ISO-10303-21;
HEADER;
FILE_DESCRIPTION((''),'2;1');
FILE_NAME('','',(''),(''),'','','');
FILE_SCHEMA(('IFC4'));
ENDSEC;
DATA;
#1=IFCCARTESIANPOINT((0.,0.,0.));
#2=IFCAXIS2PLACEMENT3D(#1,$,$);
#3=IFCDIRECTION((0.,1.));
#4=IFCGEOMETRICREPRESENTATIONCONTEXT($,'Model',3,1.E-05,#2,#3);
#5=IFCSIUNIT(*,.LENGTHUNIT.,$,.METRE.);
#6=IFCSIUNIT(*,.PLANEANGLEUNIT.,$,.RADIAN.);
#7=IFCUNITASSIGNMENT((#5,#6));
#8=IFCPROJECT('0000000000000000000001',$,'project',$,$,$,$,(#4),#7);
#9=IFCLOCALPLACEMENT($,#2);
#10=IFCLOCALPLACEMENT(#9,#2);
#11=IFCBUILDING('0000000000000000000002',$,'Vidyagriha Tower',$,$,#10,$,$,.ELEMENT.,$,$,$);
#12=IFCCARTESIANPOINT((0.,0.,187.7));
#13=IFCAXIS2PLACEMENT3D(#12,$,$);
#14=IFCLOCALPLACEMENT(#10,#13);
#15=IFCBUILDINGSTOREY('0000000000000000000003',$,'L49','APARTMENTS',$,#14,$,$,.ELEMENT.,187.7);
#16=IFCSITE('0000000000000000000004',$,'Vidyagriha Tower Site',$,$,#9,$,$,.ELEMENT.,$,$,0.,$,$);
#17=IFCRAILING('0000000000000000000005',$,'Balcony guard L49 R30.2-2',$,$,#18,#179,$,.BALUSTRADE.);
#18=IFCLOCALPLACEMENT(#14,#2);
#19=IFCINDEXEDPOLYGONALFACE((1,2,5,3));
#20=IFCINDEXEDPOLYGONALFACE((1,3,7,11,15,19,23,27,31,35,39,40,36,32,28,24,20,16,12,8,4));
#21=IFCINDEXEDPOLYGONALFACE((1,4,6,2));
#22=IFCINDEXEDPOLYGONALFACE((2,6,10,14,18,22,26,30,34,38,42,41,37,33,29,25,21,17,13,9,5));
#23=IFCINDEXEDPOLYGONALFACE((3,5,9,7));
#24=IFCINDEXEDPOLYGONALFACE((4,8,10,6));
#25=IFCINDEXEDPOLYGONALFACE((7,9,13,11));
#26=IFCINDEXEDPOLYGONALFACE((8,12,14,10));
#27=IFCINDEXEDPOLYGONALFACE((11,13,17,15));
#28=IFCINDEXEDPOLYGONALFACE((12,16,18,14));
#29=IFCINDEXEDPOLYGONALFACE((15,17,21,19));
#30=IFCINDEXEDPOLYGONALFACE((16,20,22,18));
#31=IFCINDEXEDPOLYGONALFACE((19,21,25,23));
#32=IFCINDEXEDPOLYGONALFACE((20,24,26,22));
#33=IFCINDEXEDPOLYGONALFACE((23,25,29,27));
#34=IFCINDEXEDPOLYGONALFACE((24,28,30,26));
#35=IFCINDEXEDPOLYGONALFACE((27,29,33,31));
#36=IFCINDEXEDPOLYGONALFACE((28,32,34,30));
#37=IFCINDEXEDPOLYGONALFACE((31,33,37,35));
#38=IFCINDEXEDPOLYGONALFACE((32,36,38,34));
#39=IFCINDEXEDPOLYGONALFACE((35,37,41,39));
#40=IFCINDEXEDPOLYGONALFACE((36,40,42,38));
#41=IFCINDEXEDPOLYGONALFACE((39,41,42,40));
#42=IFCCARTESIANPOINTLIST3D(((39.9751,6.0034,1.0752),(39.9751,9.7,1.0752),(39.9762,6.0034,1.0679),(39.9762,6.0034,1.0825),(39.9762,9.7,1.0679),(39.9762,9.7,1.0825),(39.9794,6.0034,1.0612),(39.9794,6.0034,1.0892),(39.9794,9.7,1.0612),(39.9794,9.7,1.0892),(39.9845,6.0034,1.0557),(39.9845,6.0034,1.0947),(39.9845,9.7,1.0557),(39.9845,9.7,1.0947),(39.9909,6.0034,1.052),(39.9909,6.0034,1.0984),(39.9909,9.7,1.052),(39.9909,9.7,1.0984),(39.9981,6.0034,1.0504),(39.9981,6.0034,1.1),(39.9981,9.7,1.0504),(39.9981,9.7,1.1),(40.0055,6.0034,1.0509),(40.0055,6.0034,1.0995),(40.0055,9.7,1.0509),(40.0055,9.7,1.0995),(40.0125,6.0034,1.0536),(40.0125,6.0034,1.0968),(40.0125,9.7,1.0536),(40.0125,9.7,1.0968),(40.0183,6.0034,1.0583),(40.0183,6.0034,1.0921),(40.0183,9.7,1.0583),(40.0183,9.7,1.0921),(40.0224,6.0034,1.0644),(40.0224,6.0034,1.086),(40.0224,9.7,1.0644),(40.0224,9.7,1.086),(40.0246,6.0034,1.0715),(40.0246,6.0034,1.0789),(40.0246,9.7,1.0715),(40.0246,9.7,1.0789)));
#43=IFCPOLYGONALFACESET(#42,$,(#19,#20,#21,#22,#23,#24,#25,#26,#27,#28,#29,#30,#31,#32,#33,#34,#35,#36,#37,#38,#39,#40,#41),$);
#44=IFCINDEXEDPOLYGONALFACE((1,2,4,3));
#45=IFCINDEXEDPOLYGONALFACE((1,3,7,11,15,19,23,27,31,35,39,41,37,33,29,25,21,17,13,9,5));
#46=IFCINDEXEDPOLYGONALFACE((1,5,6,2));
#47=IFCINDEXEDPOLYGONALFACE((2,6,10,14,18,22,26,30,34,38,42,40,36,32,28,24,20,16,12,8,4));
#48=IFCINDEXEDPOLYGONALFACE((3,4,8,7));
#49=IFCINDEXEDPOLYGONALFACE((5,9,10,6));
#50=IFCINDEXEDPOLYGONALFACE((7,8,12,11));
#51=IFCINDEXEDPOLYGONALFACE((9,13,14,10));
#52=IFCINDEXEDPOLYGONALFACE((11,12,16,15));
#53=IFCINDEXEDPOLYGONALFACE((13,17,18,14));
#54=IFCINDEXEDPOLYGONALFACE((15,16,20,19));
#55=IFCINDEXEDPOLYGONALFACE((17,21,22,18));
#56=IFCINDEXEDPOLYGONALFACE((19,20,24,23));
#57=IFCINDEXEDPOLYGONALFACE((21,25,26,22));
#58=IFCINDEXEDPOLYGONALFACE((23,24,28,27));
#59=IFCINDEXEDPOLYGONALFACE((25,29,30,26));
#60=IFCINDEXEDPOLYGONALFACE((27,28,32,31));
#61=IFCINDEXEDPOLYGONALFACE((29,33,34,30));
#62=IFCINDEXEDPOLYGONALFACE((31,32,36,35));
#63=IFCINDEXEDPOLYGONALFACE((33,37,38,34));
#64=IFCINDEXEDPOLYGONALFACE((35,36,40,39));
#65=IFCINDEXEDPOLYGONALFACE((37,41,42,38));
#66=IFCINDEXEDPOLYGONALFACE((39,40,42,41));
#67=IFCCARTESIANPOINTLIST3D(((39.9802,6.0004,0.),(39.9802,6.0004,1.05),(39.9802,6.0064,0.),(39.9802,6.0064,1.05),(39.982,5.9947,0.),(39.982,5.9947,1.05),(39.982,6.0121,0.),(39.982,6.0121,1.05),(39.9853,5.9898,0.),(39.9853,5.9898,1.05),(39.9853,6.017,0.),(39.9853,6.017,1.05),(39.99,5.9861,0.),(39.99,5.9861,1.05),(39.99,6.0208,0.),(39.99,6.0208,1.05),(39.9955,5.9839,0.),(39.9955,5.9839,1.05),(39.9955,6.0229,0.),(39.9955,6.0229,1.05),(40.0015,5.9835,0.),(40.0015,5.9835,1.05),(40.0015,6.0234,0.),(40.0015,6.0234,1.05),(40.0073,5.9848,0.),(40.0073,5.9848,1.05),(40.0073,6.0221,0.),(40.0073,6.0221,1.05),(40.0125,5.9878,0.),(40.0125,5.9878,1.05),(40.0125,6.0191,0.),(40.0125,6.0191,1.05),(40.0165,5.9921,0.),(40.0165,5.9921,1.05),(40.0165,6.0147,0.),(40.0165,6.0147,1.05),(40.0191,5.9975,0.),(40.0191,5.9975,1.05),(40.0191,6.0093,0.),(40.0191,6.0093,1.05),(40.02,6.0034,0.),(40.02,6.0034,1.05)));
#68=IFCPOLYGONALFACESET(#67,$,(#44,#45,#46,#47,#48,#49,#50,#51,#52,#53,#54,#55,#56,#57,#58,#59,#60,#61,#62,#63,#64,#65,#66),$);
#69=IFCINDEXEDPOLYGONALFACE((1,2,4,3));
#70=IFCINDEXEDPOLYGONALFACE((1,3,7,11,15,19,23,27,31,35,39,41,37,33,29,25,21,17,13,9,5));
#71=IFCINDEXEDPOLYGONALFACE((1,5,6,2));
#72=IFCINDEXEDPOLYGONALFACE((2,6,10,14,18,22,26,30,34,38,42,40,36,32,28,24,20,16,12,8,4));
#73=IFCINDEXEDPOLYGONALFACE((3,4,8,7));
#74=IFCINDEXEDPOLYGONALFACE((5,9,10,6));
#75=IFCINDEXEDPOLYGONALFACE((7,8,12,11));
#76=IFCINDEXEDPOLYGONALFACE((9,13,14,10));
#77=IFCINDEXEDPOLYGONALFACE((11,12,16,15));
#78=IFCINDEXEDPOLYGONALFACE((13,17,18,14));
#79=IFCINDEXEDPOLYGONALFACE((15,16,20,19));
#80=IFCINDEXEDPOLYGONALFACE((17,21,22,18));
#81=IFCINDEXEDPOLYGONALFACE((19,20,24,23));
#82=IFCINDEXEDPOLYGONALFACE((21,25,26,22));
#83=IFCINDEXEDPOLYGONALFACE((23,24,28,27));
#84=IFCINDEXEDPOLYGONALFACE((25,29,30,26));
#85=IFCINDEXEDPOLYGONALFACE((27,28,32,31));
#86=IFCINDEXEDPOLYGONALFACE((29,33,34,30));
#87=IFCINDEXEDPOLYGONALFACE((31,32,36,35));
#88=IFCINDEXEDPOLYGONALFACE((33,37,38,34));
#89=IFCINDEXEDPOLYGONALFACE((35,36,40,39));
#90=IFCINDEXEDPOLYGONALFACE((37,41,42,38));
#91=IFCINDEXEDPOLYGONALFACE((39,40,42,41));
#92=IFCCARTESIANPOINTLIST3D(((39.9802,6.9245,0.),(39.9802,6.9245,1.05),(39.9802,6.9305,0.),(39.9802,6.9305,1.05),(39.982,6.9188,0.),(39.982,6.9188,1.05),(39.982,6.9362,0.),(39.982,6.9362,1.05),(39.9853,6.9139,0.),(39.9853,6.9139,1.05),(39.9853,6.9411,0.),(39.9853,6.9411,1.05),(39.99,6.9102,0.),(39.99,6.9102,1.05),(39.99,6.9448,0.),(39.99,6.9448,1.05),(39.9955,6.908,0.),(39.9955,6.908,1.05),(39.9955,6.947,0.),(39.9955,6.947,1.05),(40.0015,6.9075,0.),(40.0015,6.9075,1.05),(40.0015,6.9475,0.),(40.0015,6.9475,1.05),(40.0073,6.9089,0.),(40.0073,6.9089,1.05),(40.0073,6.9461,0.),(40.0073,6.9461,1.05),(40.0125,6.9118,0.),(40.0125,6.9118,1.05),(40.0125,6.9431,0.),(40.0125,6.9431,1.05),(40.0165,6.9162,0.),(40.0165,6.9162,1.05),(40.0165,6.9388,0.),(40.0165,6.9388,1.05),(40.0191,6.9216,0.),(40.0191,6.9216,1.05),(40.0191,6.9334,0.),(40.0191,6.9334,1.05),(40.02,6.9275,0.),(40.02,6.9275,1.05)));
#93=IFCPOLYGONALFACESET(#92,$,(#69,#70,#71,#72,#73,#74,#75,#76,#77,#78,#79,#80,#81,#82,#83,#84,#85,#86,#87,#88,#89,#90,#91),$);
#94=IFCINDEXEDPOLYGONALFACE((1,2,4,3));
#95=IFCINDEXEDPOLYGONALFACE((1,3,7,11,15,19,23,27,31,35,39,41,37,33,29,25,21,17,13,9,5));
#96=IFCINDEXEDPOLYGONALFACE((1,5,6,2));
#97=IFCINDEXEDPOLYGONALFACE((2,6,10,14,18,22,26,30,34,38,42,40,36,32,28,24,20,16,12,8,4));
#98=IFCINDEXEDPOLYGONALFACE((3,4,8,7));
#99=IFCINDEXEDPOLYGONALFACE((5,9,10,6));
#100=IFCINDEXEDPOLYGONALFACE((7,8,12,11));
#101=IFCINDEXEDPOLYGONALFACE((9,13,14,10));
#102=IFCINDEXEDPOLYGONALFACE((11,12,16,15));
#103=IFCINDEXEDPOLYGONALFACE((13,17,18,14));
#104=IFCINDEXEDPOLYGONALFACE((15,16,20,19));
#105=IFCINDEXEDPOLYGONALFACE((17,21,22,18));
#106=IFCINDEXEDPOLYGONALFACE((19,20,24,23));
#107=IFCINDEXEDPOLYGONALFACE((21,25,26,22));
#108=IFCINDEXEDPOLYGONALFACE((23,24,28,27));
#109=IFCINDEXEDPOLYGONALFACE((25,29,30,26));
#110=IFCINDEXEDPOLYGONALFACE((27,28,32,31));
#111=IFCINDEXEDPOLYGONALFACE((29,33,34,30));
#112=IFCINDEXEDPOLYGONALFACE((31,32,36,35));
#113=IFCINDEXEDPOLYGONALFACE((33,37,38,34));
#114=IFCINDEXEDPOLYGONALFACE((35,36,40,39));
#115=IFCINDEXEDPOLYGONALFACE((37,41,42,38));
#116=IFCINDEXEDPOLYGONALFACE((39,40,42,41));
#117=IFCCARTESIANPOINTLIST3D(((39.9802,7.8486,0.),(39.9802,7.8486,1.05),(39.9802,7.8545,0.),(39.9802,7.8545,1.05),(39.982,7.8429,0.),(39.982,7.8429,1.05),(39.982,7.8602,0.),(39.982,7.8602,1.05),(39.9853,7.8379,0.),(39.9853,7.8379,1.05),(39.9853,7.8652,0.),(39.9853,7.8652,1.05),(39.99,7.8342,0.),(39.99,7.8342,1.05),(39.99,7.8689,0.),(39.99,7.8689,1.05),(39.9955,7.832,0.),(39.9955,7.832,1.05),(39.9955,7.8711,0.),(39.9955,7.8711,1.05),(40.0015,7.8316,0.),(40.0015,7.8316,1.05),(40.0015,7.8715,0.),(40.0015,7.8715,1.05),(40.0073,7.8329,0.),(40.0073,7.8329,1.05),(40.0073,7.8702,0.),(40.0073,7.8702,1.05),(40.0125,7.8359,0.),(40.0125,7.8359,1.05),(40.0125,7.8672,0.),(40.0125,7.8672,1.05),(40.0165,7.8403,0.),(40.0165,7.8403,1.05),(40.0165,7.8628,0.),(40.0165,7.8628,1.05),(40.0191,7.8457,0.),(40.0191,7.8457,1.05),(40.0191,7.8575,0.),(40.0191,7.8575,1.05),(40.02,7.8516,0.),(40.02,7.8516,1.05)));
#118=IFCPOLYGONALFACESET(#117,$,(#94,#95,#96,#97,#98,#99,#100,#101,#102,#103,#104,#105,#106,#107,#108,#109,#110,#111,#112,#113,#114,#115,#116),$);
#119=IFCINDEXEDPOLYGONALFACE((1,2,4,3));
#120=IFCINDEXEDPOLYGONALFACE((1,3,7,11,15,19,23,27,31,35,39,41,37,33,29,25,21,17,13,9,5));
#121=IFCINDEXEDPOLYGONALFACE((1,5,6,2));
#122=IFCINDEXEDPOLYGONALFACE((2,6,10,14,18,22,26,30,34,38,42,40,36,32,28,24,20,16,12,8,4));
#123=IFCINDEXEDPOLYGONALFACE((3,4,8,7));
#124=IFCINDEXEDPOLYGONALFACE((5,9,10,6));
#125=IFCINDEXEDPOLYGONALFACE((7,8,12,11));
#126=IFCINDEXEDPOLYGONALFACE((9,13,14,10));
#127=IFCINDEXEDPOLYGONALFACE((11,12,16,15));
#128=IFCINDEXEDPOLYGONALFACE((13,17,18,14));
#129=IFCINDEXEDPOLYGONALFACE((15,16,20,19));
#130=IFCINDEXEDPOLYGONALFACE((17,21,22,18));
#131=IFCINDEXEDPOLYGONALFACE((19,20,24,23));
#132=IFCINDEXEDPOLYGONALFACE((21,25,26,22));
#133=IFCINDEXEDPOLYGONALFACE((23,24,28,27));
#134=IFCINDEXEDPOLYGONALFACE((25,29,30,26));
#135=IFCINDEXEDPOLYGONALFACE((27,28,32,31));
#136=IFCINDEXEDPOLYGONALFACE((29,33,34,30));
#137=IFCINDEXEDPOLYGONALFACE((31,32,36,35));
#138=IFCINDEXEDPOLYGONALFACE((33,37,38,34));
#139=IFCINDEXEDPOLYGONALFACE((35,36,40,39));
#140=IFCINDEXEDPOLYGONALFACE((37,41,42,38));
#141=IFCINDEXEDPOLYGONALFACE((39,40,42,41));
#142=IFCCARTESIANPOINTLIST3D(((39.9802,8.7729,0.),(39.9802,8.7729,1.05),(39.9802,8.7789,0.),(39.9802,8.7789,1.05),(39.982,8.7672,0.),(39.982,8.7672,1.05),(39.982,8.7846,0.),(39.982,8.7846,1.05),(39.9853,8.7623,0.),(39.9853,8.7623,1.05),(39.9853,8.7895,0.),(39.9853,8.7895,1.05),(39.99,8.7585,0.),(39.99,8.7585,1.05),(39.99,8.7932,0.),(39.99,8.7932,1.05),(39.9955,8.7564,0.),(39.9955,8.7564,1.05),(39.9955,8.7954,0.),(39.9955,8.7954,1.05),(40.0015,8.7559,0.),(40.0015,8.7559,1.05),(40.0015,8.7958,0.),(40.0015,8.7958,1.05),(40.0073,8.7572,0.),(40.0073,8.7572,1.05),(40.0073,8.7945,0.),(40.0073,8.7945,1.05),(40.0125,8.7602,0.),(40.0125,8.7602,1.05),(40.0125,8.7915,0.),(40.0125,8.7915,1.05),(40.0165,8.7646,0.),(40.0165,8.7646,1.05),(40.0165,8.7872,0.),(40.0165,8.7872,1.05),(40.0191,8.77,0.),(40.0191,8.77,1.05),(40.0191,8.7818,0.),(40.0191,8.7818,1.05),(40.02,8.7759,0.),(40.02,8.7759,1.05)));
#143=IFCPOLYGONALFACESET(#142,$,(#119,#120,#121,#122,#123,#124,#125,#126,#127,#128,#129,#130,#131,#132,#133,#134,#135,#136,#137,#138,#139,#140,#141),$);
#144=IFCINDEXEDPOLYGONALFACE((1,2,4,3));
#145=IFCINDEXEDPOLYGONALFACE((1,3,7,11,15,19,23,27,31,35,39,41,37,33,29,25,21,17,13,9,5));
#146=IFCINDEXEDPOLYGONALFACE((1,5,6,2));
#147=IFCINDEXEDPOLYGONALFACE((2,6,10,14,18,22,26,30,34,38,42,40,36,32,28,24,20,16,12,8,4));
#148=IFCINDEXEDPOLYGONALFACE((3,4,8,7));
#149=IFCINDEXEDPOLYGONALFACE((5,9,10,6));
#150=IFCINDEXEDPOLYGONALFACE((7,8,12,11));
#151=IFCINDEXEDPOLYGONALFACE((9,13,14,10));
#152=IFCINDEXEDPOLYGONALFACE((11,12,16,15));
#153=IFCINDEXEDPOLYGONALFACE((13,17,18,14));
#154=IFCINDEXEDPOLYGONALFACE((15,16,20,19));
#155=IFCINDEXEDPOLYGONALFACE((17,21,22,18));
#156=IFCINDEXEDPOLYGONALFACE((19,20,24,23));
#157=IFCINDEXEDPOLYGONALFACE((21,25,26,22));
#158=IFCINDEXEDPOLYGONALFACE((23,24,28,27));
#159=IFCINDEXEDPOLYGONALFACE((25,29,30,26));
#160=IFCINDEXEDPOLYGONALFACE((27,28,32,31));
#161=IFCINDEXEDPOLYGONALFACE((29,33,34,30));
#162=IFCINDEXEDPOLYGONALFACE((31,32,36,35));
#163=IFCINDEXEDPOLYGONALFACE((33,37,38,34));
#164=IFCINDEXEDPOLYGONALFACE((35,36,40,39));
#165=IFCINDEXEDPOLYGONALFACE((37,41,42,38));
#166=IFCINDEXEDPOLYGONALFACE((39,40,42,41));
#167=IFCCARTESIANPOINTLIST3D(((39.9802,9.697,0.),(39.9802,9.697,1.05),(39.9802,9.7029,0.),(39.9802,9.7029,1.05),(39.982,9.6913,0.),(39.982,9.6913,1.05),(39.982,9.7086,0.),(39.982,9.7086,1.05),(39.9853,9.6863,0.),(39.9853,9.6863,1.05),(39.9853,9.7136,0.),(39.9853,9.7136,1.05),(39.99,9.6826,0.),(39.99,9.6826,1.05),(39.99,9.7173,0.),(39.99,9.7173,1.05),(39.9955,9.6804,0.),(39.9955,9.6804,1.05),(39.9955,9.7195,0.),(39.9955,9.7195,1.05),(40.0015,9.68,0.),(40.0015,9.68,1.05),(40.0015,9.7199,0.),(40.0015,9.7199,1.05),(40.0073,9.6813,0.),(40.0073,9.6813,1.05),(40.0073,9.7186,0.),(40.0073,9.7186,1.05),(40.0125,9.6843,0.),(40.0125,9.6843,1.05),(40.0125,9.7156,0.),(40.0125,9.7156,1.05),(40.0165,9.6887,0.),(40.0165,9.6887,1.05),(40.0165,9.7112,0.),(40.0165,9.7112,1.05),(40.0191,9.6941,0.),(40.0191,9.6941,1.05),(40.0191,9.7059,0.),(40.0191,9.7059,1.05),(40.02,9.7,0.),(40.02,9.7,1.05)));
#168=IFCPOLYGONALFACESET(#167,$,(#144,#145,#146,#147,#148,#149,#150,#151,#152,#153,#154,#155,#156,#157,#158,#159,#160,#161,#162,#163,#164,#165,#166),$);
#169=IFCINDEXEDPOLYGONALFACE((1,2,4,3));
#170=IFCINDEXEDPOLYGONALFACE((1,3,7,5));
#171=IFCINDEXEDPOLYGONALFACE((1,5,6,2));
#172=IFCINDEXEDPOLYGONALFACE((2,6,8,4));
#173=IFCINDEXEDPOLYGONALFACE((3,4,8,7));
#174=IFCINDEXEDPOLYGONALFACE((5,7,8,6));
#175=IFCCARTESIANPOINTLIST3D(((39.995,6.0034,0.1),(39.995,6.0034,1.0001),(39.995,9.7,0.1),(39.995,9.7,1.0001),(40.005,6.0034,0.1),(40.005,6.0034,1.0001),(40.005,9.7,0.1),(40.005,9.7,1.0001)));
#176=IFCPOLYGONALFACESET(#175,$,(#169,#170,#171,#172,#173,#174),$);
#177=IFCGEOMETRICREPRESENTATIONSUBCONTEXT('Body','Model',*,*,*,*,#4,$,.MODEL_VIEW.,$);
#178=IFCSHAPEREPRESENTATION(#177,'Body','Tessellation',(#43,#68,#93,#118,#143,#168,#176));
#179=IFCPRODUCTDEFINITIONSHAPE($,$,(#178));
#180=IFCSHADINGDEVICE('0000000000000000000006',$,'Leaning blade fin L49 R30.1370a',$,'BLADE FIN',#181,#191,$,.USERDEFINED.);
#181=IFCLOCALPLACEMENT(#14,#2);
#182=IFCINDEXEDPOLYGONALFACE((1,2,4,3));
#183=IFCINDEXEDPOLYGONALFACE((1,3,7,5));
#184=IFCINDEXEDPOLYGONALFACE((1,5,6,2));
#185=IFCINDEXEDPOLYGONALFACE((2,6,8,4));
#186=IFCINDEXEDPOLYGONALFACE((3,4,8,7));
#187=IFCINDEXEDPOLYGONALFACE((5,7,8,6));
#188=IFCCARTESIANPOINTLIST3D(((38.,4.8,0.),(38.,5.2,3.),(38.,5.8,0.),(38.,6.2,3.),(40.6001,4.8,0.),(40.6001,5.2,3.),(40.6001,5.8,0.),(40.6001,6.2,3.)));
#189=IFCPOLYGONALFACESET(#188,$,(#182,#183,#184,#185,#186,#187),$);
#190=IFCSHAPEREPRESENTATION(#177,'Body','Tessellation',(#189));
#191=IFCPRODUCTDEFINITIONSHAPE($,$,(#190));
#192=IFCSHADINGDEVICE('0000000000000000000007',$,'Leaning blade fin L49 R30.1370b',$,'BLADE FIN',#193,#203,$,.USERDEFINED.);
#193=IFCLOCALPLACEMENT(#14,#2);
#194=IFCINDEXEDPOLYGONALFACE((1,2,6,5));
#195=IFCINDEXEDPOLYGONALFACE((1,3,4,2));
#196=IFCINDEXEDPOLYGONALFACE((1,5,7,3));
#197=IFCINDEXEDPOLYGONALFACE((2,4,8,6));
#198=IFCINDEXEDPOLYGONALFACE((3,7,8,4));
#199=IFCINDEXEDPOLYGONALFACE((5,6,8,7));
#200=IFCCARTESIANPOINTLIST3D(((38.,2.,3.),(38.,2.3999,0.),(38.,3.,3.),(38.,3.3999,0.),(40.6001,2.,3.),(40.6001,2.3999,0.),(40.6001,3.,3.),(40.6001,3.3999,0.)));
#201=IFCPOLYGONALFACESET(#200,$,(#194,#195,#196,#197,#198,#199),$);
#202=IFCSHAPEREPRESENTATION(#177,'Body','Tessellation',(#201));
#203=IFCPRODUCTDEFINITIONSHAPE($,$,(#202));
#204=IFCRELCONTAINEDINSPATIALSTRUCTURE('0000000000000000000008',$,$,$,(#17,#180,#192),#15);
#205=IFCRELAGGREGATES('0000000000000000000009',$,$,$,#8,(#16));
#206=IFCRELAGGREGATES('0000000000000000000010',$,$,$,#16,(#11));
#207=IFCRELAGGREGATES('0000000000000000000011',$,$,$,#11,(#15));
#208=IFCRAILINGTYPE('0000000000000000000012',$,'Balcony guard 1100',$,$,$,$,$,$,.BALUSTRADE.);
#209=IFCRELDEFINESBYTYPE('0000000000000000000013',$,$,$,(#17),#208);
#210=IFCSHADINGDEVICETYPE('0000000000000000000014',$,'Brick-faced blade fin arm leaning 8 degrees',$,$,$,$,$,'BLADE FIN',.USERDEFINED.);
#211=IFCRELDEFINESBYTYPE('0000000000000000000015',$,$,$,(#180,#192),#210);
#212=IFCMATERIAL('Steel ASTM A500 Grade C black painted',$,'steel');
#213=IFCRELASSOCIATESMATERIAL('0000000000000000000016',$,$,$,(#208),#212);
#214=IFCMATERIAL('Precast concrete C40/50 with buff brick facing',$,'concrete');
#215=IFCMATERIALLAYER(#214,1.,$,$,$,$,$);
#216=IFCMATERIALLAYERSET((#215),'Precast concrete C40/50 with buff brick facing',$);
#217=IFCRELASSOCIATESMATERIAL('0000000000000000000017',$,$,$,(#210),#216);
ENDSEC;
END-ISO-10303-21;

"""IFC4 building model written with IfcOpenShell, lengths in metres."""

from ifc_helpers import new_model, si_unit, direction, frame, origin, origin_2d, place, context, subcontext, project, spatial, polyline, rectangle, circle, outline, extrude, material, layer, layer_set, type_object, element, save


model = new_model("IFC4")

# Units and contexts
model_context = context("Model", 3, precision=1e-05, world=origin(), true_north=direction((0.0, 1.0)))
body_context = subcontext(model_context, "Body", "Model", "MODEL_VIEW")
ifc_project = project(units=[si_unit("LENGTHUNIT", "METRE"), si_unit("PLANEANGLEUNIT", "RADIAN")], contexts=[model_context])

# Site, building, storey
site_placement = place(None, origin())
site = spatial("IfcSite", under=ifc_project, at=site_placement, Name="Vidyagriha Tower Site", CompositionType="ELEMENT", RefElevation=0.0)
building_placement = place(site_placement, origin())
building = spatial("IfcBuilding", under=site, at=building_placement, Name="Vidyagriha Tower", CompositionType="ELEMENT")
storey_placement = place(building_placement, frame((0.0, 0.0, 187.7)))
storey = spatial("IfcBuildingStorey", under=building, at=storey_placement, Name="L49", Description="APARTMENTS", CompositionType="ELEMENT", Elevation=187.7)

# Railing
ifc_material_1 = material(Name="Steel ASTM A500 Grade C black painted", Category="steel")
railing_type_1 = type_object("IfcRailingType", Name="Balcony guard 1100", PredefinedType="BALUSTRADE", material=ifc_material_1)
railing_1_placement = place(storey_placement, frame((40.0, 6.0034, 0.0)))
element("IfcRailing", 1, at=railing_1_placement, inside=storey, type_object=railing_type_1, Name="Balcony guard L49 R30.2-2", PredefinedType="BALUSTRADE", context=body_context, shape_type="SweptSolid", body=[
    extrude(circle(Radius=0.0249, at=origin_2d()), frame((0.0, 0.0, 1.0752), z_axis=(0.0, 1.0, 0.0), x_axis=(-1.0, 0.0, 0.0)), (0.0, 0.0, 1.0), 3.6965),
    extrude(circle(Radius=0.02, at=origin_2d()), origin(), (0.0, 0.0, 1.0), 1.05),
    extrude(circle(Radius=0.02, at=origin_2d()), frame((0.0, 0.9241, 0.0)), (0.0, 0.0, 1.0), 1.05),
    extrude(circle(Radius=0.02, at=origin_2d()), frame((0.0, 1.8481, 0.0)), (0.0, 0.0, 1.0), 1.05),
    extrude(circle(Radius=0.02, at=origin_2d()), frame((0.0, 2.7725, 0.0)), (0.0, 0.0, 1.0), 1.05),
    extrude(circle(Radius=0.02, at=origin_2d()), frame((0.0, 3.6965, 0.0)), (0.0, 0.0, 1.0), 1.05),
    extrude(rectangle(XDim=0.01, YDim=0.9001, at=origin_2d()), frame((0.0, 0.0, 0.55), z_axis=(0.0, 1.0, 0.0), x_axis=(-1.0, 0.0, 0.0)), (0.0, 0.0, 1.0), 3.6965),
])

# Shading devices
ifc_material_2 = material(Name="Precast concrete C40/50 with buff brick facing", Category="concrete")
ifc_layer_1 = layer(ifc_material_2, 1.0)
ifc_layer_set_1 = layer_set([ifc_layer_1], Name="Precast concrete C40/50 with buff brick facing")
shading_device_type_1 = type_object("IfcShadingDeviceType", Name="Brick-faced blade fin arm leaning 8 degrees", ElementType="BLADE FIN", PredefinedType="USERDEFINED", material=ifc_layer_set_1)
shading_device_1_placement = place(storey_placement, frame((39.3, 4.8, 0.0), z_axis=(0.0, 0.0, 1.0), x_axis=(0.0, 1.0, 0.0)))
element("IfcShadingDevice", 2, at=shading_device_1_placement, inside=storey, type_object=shading_device_type_1, Name="Leaning blade fin L49 R30.1370a", ObjectType="BLADE FIN", PredefinedType="USERDEFINED", context=body_context, shape_type="SweptSolid", body=[
    extrude(outline(polyline([(0.0, 0.0), (1.0, 0.0), (1.3999, 3.0), (0.3999, 3.0), (0.0, 0.0)])), frame((0.0, 1.3, 0.0), z_axis=(0.0, -1.0, 0.0), x_axis=(1.0, 0.0, 0.0)), (0.0, 0.0, 1.0), 2.6001),
])
shading_device_2_placement = place(storey_placement, frame((39.3, 2.0, 0.0), z_axis=(0.0, 0.0, 1.0), x_axis=(0.0, 1.0, 0.0)))
element("IfcShadingDevice", 3, at=shading_device_2_placement, inside=storey, type_object=shading_device_type_1, Name="Leaning blade fin L49 R30.1370b", ObjectType="BLADE FIN", PredefinedType="USERDEFINED", context=body_context, shape_type="SweptSolid", body=[
    extrude(outline(polyline([(0.3999, 0.0), (1.3999, 0.0), (1.0, 3.0), (0.0, 3.0), (0.3999, 0.0)])), frame((0.0, 1.3, 0.0), z_axis=(0.0, -1.0, 0.0), x_axis=(1.0, 0.0, 0.0)), (0.0, 0.0, 1.0), 2.6001),
])

save(model, "model.ifc")
